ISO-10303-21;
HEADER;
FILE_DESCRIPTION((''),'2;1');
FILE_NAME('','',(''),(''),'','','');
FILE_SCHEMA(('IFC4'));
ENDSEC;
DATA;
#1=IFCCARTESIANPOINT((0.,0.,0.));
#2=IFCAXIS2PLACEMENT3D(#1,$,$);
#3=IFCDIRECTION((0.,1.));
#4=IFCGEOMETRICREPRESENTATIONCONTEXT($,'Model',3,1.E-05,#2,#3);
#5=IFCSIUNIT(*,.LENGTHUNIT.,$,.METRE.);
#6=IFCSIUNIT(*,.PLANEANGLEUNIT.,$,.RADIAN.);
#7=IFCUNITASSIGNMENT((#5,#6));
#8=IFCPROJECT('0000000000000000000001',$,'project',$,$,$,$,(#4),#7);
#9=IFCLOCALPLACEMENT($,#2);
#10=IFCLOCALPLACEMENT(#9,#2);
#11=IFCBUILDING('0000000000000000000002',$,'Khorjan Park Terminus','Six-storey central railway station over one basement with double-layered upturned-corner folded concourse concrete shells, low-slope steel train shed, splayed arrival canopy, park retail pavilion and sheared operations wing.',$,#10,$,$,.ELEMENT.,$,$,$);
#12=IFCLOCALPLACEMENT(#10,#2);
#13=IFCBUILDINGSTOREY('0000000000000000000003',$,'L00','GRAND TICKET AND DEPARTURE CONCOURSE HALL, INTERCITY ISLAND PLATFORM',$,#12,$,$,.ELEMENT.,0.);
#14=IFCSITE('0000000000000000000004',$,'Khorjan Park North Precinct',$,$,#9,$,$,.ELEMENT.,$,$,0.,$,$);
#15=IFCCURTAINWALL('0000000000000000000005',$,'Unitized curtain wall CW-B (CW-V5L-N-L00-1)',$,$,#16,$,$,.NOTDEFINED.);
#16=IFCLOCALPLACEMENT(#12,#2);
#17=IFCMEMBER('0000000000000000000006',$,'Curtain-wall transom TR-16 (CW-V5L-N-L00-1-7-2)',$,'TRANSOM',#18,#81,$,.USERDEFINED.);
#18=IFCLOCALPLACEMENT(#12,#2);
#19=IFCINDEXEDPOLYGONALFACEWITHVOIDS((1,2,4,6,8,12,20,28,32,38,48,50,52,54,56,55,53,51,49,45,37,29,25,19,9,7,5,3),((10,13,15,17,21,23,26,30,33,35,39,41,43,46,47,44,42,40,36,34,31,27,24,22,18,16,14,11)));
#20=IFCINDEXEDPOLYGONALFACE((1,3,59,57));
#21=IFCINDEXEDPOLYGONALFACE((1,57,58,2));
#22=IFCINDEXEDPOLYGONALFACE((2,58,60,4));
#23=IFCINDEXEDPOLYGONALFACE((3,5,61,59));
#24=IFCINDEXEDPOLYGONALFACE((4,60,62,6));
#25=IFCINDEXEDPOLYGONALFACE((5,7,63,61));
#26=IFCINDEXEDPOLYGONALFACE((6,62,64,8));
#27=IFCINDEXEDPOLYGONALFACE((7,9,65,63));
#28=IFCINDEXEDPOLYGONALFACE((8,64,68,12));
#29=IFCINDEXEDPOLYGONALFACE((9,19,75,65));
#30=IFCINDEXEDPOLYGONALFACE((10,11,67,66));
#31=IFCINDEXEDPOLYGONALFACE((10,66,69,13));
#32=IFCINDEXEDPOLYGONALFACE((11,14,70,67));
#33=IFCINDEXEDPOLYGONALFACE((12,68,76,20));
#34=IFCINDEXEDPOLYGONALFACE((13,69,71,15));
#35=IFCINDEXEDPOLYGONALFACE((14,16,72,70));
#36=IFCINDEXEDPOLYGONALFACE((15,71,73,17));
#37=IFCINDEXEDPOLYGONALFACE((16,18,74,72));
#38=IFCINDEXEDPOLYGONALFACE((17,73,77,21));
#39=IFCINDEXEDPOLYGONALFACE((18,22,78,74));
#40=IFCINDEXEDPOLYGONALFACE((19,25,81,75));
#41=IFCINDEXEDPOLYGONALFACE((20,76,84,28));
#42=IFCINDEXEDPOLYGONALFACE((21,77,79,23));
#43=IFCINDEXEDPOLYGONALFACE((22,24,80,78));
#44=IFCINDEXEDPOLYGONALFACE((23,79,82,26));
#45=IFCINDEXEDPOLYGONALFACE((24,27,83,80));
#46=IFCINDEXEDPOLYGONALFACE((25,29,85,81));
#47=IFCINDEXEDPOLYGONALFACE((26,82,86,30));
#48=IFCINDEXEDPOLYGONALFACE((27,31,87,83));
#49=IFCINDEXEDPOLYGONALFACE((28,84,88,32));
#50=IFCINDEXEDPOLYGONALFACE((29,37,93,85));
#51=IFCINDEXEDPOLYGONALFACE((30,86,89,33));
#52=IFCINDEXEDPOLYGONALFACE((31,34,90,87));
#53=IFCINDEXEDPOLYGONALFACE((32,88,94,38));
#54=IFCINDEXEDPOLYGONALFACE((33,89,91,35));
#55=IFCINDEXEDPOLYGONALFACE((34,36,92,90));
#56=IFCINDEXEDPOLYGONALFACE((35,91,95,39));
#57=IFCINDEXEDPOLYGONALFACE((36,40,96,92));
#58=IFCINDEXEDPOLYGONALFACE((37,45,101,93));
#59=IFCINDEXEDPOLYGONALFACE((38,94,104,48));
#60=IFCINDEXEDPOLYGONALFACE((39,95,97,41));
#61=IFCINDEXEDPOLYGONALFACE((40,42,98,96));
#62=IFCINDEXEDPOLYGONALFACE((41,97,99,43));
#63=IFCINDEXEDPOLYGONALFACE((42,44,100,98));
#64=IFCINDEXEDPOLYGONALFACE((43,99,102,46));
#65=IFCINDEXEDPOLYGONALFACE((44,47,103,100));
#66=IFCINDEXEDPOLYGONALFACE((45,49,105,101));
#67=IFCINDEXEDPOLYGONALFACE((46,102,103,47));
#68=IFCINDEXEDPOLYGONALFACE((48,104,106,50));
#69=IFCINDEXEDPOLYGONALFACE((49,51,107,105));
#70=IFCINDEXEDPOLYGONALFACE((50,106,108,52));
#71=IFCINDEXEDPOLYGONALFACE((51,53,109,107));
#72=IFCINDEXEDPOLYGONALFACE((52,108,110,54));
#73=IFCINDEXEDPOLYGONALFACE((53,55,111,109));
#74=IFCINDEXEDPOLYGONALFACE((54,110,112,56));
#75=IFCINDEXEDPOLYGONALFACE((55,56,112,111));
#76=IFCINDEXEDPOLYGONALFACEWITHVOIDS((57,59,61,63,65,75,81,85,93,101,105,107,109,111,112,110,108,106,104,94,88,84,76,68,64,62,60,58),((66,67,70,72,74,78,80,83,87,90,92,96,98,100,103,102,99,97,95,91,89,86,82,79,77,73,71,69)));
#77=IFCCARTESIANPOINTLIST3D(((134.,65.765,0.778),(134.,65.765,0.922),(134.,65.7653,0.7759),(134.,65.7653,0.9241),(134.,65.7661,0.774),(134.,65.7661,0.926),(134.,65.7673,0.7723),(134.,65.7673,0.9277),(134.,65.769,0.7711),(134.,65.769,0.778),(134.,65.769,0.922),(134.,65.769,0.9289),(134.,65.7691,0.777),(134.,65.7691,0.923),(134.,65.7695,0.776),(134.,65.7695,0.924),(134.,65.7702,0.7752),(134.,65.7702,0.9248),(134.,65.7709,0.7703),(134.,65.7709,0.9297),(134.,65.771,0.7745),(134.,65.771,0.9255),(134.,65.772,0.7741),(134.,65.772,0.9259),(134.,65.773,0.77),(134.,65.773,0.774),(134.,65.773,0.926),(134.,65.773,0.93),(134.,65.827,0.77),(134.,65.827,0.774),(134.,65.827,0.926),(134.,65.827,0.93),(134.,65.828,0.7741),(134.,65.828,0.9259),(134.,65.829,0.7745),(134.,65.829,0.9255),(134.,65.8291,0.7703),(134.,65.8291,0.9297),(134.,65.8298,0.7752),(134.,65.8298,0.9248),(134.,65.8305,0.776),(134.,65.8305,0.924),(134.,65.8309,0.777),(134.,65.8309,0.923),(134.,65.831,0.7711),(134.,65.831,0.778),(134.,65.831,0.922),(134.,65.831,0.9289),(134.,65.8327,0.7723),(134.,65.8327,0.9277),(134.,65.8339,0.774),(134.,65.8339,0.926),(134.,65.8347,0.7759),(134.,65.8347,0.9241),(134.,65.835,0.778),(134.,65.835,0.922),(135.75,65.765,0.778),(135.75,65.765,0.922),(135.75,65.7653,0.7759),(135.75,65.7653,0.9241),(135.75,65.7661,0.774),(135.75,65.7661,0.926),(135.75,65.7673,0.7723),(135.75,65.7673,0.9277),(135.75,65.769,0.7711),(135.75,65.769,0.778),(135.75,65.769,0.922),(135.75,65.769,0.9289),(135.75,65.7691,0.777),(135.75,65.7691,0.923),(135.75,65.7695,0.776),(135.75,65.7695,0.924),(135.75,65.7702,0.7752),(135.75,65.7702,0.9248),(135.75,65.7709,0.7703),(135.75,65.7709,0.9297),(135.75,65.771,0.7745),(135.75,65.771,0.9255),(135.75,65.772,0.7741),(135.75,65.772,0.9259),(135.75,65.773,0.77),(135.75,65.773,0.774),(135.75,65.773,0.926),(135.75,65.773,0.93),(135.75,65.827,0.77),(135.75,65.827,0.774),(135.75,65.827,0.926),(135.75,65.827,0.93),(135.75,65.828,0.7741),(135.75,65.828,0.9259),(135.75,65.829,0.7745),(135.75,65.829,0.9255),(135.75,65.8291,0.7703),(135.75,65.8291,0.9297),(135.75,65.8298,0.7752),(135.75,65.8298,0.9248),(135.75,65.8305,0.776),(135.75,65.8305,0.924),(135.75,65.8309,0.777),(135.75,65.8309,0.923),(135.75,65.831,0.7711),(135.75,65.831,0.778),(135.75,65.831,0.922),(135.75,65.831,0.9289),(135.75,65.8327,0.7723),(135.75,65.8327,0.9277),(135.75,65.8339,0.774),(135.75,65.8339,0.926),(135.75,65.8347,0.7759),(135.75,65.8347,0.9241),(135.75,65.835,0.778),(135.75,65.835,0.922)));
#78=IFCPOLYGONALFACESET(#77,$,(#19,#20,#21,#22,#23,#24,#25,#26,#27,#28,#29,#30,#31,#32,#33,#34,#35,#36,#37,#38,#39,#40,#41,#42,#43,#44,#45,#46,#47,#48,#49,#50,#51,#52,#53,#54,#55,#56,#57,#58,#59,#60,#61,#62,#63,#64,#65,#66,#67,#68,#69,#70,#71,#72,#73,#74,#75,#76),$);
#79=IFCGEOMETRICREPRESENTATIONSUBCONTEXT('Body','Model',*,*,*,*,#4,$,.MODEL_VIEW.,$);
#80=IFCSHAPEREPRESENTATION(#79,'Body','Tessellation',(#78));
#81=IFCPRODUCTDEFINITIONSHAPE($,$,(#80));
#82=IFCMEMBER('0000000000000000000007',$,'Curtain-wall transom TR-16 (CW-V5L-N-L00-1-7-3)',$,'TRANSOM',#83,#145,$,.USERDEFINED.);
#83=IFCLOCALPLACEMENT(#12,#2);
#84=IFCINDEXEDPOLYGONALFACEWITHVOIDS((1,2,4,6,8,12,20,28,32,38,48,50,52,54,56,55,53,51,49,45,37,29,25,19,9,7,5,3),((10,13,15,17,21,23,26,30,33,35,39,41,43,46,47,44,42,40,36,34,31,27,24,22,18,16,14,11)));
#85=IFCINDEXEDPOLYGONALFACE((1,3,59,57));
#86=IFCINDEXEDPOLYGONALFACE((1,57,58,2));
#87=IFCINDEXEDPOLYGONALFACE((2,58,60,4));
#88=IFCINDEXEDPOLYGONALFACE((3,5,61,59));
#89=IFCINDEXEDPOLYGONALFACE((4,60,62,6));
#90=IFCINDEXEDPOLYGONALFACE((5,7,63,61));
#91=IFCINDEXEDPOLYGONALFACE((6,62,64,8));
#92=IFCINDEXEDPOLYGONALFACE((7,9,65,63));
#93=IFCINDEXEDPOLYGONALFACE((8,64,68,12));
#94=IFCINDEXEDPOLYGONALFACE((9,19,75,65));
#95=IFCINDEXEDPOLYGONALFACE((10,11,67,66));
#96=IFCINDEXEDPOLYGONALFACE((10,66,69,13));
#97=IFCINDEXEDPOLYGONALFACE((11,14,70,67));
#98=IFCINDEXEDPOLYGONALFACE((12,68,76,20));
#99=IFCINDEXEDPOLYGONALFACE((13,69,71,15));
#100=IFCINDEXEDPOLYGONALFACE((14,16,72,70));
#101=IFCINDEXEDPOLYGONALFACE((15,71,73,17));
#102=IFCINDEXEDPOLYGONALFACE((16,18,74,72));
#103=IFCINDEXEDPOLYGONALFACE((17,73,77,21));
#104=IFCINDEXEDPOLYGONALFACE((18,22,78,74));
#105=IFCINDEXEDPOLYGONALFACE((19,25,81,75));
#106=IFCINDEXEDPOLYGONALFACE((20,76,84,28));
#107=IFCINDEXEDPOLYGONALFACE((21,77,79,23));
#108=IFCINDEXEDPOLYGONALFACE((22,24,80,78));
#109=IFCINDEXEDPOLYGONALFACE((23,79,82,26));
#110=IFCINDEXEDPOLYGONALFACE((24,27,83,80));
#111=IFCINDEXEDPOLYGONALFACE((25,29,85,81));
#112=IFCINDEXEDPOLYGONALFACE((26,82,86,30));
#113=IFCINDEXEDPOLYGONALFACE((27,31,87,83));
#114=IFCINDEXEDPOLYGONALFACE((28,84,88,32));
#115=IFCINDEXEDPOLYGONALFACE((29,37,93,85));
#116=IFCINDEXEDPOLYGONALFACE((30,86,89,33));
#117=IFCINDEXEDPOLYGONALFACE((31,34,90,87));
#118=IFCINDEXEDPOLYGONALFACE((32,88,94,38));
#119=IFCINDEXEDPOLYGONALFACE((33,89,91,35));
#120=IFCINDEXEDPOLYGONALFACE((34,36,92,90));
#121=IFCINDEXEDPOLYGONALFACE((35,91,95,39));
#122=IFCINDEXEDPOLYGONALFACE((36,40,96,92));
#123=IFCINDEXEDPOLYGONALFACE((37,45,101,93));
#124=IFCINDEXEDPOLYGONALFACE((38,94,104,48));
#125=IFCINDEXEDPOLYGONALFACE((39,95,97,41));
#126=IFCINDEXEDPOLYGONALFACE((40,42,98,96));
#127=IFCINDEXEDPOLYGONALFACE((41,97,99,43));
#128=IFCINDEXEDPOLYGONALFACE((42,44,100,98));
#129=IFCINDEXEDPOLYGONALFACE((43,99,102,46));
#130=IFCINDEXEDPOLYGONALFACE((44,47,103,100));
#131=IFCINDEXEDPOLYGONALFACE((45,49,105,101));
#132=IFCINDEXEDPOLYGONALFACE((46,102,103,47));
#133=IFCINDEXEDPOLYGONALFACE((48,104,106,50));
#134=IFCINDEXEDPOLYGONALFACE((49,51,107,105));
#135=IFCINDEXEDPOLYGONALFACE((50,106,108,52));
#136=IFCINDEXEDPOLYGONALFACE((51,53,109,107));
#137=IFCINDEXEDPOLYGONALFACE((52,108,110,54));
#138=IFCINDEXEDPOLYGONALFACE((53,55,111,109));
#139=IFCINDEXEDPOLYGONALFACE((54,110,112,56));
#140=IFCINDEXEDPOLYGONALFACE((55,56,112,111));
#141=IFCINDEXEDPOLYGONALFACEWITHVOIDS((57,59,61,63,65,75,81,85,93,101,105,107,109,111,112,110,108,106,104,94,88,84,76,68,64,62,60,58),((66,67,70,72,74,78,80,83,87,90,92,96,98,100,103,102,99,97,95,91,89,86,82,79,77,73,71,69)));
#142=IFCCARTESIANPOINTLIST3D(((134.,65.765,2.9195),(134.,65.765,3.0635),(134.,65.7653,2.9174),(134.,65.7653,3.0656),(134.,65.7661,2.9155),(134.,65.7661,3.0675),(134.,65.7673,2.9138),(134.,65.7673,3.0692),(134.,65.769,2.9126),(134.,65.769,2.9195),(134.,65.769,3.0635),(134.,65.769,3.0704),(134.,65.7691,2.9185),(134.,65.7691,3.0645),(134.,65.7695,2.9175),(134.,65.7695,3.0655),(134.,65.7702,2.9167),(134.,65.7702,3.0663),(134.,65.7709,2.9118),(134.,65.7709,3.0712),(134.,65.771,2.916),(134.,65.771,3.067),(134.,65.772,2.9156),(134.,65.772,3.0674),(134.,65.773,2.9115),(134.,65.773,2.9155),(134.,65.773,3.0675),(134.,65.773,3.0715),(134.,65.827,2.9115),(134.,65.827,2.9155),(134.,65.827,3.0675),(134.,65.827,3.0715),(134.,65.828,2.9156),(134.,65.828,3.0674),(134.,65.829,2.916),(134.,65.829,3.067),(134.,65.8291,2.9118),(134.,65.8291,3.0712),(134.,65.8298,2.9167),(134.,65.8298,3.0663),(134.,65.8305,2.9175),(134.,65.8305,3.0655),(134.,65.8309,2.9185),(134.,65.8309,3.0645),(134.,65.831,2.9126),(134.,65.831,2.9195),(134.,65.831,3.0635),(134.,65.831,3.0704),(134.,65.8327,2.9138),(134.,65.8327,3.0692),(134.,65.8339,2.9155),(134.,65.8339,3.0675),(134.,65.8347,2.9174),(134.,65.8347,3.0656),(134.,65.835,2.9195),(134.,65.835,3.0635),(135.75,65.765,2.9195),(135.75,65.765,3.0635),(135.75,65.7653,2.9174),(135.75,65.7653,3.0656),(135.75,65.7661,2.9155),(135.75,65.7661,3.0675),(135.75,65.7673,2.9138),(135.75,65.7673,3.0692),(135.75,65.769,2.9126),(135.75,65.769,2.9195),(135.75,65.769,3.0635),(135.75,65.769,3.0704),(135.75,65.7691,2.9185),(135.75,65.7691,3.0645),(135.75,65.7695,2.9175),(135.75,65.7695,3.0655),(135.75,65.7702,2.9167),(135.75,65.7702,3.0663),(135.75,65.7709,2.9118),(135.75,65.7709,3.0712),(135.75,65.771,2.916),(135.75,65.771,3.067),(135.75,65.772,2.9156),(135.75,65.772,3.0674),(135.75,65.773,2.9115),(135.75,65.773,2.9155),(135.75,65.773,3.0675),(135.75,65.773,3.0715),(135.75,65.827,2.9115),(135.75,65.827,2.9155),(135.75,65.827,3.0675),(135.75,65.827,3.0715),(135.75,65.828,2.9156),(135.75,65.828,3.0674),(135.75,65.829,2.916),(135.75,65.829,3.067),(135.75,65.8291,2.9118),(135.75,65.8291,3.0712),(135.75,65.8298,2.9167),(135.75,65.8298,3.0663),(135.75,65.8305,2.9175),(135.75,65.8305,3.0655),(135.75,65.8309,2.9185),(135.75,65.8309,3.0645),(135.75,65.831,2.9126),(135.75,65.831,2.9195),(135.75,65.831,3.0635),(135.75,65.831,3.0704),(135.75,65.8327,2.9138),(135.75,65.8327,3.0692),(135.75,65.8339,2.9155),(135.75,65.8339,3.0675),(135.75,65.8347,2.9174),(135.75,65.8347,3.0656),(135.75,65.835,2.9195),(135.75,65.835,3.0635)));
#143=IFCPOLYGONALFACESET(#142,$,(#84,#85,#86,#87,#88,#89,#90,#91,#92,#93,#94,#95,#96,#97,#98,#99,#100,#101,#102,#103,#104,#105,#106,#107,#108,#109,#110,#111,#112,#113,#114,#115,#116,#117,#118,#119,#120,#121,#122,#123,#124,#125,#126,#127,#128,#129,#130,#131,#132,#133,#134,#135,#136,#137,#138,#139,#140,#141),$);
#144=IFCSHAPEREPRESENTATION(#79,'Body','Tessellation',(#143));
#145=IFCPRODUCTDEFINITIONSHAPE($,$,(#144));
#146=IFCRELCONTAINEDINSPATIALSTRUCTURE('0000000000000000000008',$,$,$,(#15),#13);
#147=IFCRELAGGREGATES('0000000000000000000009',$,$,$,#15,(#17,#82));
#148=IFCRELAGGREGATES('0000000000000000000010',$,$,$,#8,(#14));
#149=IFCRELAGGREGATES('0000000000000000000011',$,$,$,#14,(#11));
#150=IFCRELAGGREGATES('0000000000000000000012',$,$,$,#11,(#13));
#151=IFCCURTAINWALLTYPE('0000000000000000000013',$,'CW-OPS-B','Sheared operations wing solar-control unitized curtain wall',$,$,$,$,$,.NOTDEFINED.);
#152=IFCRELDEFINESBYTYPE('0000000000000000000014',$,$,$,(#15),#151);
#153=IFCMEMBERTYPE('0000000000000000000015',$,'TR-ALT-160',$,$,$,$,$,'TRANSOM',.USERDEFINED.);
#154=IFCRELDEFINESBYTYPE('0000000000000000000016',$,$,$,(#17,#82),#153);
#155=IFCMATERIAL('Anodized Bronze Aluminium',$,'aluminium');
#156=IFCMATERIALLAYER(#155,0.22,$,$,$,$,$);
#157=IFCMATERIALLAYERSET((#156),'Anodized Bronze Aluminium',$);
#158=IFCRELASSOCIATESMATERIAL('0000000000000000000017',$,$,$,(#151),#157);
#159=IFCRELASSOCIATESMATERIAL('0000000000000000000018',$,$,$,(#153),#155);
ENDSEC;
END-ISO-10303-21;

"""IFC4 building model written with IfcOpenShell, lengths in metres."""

from ifc_helpers import new_model, si_unit, direction, frame, origin, origin_2d, place, context, subcontext, project, spatial, hollow_rectangle, extrude, material, layer, layer_set, material_profile, profile_set, type_object, element, aggregate, save


model = new_model("IFC4")

# Units and contexts
model_context = context("Model", 3, precision=1e-05, world=origin(), true_north=direction((0.0, 1.0)))
body_context = subcontext(model_context, "Body", "Model", "MODEL_VIEW")
ifc_project = project(units=[si_unit("LENGTHUNIT", "METRE"), si_unit("PLANEANGLEUNIT", "RADIAN")], contexts=[model_context])

# Site, building, storey
site_placement = place(None, origin())
site = spatial("IfcSite", under=ifc_project, at=site_placement, Name="Khorjan Park North Precinct", CompositionType="ELEMENT", RefElevation=0.0)
building_placement = place(site_placement, origin())
building = spatial("IfcBuilding", under=site, at=building_placement, Name="Khorjan Park Terminus", Description="Six-storey central railway station over one basement with double-layered upturned-corner folded concourse concrete shells, low-slope steel train shed, splayed arrival canopy, park retail pavilion and sheared operations wing.", CompositionType="ELEMENT")
storey_placement = place(building_placement, origin())
storey = spatial("IfcBuildingStorey", under=building, at=storey_placement, Name="L00", Description="GRAND TICKET AND DEPARTURE CONCOURSE HALL, INTERCITY ISLAND PLATFORM", CompositionType="ELEMENT", Elevation=0.0)

# Curtain wall
ifc_material_1 = material(Name="Anodized Bronze Aluminium", Category="aluminium")
ifc_layer_1 = layer(ifc_material_1, 0.22)
ifc_layer_set_1 = layer_set([ifc_layer_1], Name="Anodized Bronze Aluminium")
curtain_wall_type_1 = type_object("IfcCurtainWallType", Name="CW-OPS-B", Description="Sheared operations wing solar-control unitized curtain wall", PredefinedType="NOTDEFINED", material=ifc_layer_set_1)
curtain_wall_1_placement = place(storey_placement, origin())
curtain_wall_1 = element("IfcCurtainWall", 1, at=curtain_wall_1_placement, inside=storey, type_object=curtain_wall_type_1, Name="Unitized curtain wall CW-B (CW-V5L-N-L00-1)", PredefinedType="NOTDEFINED")

# Members
ifc_material_profile_1 = material_profile(ifc_material_1, hollow_rectangle(XDim=0.07, YDim=0.16, WallThickness=0.004, InnerFilletRadius=0.004, OuterFilletRadius=0.008, at=origin_2d()), Name="ALT 70x160x4")
ifc_profile_set_1 = profile_set([ifc_material_profile_1], Name="Anodized Bronze Aluminium")
member_type_1 = type_object("IfcMemberType", Name="TR-ALT-160", ElementType="TRANSOM", PredefinedType="USERDEFINED", material=ifc_profile_set_1)
member_1_placement = place(storey_placement, frame((135.75, 65.8, 0.85), z_axis=(-1.0, 0.0, 0.0), x_axis=(0.0, -1.0, 0.0)))
member_1 = element("IfcMember", 2, at=member_1_placement, type_object=member_type_1, Name="Curtain-wall transom TR-16 (CW-V5L-N-L00-1-7-2)", ObjectType="TRANSOM", PredefinedType="USERDEFINED", context=body_context, shape_type="SweptSolid", body=[
    extrude(hollow_rectangle(XDim=0.07, YDim=0.16, WallThickness=0.004, InnerFilletRadius=0.004, OuterFilletRadius=0.008, at=origin_2d()), origin(), (0.0, 0.0, 1.0), 1.75),
])
member_2_placement = place(storey_placement, frame((135.75, 65.8, 2.9915), z_axis=(-1.0, 0.0, 0.0), x_axis=(0.0, -1.0, 0.0)))
member_2 = element("IfcMember", 3, at=member_2_placement, type_object=member_type_1, Name="Curtain-wall transom TR-16 (CW-V5L-N-L00-1-7-3)", ObjectType="TRANSOM", PredefinedType="USERDEFINED", context=body_context, shape_type="SweptSolid", body=[
    extrude(hollow_rectangle(XDim=0.07, YDim=0.16, WallThickness=0.004, InnerFilletRadius=0.004, OuterFilletRadius=0.008, at=origin_2d()), origin(), (0.0, 0.0, 1.0), 1.75),
])

aggregate(curtain_wall_1, [member_1, member_2])

save(model, "model.ifc")
